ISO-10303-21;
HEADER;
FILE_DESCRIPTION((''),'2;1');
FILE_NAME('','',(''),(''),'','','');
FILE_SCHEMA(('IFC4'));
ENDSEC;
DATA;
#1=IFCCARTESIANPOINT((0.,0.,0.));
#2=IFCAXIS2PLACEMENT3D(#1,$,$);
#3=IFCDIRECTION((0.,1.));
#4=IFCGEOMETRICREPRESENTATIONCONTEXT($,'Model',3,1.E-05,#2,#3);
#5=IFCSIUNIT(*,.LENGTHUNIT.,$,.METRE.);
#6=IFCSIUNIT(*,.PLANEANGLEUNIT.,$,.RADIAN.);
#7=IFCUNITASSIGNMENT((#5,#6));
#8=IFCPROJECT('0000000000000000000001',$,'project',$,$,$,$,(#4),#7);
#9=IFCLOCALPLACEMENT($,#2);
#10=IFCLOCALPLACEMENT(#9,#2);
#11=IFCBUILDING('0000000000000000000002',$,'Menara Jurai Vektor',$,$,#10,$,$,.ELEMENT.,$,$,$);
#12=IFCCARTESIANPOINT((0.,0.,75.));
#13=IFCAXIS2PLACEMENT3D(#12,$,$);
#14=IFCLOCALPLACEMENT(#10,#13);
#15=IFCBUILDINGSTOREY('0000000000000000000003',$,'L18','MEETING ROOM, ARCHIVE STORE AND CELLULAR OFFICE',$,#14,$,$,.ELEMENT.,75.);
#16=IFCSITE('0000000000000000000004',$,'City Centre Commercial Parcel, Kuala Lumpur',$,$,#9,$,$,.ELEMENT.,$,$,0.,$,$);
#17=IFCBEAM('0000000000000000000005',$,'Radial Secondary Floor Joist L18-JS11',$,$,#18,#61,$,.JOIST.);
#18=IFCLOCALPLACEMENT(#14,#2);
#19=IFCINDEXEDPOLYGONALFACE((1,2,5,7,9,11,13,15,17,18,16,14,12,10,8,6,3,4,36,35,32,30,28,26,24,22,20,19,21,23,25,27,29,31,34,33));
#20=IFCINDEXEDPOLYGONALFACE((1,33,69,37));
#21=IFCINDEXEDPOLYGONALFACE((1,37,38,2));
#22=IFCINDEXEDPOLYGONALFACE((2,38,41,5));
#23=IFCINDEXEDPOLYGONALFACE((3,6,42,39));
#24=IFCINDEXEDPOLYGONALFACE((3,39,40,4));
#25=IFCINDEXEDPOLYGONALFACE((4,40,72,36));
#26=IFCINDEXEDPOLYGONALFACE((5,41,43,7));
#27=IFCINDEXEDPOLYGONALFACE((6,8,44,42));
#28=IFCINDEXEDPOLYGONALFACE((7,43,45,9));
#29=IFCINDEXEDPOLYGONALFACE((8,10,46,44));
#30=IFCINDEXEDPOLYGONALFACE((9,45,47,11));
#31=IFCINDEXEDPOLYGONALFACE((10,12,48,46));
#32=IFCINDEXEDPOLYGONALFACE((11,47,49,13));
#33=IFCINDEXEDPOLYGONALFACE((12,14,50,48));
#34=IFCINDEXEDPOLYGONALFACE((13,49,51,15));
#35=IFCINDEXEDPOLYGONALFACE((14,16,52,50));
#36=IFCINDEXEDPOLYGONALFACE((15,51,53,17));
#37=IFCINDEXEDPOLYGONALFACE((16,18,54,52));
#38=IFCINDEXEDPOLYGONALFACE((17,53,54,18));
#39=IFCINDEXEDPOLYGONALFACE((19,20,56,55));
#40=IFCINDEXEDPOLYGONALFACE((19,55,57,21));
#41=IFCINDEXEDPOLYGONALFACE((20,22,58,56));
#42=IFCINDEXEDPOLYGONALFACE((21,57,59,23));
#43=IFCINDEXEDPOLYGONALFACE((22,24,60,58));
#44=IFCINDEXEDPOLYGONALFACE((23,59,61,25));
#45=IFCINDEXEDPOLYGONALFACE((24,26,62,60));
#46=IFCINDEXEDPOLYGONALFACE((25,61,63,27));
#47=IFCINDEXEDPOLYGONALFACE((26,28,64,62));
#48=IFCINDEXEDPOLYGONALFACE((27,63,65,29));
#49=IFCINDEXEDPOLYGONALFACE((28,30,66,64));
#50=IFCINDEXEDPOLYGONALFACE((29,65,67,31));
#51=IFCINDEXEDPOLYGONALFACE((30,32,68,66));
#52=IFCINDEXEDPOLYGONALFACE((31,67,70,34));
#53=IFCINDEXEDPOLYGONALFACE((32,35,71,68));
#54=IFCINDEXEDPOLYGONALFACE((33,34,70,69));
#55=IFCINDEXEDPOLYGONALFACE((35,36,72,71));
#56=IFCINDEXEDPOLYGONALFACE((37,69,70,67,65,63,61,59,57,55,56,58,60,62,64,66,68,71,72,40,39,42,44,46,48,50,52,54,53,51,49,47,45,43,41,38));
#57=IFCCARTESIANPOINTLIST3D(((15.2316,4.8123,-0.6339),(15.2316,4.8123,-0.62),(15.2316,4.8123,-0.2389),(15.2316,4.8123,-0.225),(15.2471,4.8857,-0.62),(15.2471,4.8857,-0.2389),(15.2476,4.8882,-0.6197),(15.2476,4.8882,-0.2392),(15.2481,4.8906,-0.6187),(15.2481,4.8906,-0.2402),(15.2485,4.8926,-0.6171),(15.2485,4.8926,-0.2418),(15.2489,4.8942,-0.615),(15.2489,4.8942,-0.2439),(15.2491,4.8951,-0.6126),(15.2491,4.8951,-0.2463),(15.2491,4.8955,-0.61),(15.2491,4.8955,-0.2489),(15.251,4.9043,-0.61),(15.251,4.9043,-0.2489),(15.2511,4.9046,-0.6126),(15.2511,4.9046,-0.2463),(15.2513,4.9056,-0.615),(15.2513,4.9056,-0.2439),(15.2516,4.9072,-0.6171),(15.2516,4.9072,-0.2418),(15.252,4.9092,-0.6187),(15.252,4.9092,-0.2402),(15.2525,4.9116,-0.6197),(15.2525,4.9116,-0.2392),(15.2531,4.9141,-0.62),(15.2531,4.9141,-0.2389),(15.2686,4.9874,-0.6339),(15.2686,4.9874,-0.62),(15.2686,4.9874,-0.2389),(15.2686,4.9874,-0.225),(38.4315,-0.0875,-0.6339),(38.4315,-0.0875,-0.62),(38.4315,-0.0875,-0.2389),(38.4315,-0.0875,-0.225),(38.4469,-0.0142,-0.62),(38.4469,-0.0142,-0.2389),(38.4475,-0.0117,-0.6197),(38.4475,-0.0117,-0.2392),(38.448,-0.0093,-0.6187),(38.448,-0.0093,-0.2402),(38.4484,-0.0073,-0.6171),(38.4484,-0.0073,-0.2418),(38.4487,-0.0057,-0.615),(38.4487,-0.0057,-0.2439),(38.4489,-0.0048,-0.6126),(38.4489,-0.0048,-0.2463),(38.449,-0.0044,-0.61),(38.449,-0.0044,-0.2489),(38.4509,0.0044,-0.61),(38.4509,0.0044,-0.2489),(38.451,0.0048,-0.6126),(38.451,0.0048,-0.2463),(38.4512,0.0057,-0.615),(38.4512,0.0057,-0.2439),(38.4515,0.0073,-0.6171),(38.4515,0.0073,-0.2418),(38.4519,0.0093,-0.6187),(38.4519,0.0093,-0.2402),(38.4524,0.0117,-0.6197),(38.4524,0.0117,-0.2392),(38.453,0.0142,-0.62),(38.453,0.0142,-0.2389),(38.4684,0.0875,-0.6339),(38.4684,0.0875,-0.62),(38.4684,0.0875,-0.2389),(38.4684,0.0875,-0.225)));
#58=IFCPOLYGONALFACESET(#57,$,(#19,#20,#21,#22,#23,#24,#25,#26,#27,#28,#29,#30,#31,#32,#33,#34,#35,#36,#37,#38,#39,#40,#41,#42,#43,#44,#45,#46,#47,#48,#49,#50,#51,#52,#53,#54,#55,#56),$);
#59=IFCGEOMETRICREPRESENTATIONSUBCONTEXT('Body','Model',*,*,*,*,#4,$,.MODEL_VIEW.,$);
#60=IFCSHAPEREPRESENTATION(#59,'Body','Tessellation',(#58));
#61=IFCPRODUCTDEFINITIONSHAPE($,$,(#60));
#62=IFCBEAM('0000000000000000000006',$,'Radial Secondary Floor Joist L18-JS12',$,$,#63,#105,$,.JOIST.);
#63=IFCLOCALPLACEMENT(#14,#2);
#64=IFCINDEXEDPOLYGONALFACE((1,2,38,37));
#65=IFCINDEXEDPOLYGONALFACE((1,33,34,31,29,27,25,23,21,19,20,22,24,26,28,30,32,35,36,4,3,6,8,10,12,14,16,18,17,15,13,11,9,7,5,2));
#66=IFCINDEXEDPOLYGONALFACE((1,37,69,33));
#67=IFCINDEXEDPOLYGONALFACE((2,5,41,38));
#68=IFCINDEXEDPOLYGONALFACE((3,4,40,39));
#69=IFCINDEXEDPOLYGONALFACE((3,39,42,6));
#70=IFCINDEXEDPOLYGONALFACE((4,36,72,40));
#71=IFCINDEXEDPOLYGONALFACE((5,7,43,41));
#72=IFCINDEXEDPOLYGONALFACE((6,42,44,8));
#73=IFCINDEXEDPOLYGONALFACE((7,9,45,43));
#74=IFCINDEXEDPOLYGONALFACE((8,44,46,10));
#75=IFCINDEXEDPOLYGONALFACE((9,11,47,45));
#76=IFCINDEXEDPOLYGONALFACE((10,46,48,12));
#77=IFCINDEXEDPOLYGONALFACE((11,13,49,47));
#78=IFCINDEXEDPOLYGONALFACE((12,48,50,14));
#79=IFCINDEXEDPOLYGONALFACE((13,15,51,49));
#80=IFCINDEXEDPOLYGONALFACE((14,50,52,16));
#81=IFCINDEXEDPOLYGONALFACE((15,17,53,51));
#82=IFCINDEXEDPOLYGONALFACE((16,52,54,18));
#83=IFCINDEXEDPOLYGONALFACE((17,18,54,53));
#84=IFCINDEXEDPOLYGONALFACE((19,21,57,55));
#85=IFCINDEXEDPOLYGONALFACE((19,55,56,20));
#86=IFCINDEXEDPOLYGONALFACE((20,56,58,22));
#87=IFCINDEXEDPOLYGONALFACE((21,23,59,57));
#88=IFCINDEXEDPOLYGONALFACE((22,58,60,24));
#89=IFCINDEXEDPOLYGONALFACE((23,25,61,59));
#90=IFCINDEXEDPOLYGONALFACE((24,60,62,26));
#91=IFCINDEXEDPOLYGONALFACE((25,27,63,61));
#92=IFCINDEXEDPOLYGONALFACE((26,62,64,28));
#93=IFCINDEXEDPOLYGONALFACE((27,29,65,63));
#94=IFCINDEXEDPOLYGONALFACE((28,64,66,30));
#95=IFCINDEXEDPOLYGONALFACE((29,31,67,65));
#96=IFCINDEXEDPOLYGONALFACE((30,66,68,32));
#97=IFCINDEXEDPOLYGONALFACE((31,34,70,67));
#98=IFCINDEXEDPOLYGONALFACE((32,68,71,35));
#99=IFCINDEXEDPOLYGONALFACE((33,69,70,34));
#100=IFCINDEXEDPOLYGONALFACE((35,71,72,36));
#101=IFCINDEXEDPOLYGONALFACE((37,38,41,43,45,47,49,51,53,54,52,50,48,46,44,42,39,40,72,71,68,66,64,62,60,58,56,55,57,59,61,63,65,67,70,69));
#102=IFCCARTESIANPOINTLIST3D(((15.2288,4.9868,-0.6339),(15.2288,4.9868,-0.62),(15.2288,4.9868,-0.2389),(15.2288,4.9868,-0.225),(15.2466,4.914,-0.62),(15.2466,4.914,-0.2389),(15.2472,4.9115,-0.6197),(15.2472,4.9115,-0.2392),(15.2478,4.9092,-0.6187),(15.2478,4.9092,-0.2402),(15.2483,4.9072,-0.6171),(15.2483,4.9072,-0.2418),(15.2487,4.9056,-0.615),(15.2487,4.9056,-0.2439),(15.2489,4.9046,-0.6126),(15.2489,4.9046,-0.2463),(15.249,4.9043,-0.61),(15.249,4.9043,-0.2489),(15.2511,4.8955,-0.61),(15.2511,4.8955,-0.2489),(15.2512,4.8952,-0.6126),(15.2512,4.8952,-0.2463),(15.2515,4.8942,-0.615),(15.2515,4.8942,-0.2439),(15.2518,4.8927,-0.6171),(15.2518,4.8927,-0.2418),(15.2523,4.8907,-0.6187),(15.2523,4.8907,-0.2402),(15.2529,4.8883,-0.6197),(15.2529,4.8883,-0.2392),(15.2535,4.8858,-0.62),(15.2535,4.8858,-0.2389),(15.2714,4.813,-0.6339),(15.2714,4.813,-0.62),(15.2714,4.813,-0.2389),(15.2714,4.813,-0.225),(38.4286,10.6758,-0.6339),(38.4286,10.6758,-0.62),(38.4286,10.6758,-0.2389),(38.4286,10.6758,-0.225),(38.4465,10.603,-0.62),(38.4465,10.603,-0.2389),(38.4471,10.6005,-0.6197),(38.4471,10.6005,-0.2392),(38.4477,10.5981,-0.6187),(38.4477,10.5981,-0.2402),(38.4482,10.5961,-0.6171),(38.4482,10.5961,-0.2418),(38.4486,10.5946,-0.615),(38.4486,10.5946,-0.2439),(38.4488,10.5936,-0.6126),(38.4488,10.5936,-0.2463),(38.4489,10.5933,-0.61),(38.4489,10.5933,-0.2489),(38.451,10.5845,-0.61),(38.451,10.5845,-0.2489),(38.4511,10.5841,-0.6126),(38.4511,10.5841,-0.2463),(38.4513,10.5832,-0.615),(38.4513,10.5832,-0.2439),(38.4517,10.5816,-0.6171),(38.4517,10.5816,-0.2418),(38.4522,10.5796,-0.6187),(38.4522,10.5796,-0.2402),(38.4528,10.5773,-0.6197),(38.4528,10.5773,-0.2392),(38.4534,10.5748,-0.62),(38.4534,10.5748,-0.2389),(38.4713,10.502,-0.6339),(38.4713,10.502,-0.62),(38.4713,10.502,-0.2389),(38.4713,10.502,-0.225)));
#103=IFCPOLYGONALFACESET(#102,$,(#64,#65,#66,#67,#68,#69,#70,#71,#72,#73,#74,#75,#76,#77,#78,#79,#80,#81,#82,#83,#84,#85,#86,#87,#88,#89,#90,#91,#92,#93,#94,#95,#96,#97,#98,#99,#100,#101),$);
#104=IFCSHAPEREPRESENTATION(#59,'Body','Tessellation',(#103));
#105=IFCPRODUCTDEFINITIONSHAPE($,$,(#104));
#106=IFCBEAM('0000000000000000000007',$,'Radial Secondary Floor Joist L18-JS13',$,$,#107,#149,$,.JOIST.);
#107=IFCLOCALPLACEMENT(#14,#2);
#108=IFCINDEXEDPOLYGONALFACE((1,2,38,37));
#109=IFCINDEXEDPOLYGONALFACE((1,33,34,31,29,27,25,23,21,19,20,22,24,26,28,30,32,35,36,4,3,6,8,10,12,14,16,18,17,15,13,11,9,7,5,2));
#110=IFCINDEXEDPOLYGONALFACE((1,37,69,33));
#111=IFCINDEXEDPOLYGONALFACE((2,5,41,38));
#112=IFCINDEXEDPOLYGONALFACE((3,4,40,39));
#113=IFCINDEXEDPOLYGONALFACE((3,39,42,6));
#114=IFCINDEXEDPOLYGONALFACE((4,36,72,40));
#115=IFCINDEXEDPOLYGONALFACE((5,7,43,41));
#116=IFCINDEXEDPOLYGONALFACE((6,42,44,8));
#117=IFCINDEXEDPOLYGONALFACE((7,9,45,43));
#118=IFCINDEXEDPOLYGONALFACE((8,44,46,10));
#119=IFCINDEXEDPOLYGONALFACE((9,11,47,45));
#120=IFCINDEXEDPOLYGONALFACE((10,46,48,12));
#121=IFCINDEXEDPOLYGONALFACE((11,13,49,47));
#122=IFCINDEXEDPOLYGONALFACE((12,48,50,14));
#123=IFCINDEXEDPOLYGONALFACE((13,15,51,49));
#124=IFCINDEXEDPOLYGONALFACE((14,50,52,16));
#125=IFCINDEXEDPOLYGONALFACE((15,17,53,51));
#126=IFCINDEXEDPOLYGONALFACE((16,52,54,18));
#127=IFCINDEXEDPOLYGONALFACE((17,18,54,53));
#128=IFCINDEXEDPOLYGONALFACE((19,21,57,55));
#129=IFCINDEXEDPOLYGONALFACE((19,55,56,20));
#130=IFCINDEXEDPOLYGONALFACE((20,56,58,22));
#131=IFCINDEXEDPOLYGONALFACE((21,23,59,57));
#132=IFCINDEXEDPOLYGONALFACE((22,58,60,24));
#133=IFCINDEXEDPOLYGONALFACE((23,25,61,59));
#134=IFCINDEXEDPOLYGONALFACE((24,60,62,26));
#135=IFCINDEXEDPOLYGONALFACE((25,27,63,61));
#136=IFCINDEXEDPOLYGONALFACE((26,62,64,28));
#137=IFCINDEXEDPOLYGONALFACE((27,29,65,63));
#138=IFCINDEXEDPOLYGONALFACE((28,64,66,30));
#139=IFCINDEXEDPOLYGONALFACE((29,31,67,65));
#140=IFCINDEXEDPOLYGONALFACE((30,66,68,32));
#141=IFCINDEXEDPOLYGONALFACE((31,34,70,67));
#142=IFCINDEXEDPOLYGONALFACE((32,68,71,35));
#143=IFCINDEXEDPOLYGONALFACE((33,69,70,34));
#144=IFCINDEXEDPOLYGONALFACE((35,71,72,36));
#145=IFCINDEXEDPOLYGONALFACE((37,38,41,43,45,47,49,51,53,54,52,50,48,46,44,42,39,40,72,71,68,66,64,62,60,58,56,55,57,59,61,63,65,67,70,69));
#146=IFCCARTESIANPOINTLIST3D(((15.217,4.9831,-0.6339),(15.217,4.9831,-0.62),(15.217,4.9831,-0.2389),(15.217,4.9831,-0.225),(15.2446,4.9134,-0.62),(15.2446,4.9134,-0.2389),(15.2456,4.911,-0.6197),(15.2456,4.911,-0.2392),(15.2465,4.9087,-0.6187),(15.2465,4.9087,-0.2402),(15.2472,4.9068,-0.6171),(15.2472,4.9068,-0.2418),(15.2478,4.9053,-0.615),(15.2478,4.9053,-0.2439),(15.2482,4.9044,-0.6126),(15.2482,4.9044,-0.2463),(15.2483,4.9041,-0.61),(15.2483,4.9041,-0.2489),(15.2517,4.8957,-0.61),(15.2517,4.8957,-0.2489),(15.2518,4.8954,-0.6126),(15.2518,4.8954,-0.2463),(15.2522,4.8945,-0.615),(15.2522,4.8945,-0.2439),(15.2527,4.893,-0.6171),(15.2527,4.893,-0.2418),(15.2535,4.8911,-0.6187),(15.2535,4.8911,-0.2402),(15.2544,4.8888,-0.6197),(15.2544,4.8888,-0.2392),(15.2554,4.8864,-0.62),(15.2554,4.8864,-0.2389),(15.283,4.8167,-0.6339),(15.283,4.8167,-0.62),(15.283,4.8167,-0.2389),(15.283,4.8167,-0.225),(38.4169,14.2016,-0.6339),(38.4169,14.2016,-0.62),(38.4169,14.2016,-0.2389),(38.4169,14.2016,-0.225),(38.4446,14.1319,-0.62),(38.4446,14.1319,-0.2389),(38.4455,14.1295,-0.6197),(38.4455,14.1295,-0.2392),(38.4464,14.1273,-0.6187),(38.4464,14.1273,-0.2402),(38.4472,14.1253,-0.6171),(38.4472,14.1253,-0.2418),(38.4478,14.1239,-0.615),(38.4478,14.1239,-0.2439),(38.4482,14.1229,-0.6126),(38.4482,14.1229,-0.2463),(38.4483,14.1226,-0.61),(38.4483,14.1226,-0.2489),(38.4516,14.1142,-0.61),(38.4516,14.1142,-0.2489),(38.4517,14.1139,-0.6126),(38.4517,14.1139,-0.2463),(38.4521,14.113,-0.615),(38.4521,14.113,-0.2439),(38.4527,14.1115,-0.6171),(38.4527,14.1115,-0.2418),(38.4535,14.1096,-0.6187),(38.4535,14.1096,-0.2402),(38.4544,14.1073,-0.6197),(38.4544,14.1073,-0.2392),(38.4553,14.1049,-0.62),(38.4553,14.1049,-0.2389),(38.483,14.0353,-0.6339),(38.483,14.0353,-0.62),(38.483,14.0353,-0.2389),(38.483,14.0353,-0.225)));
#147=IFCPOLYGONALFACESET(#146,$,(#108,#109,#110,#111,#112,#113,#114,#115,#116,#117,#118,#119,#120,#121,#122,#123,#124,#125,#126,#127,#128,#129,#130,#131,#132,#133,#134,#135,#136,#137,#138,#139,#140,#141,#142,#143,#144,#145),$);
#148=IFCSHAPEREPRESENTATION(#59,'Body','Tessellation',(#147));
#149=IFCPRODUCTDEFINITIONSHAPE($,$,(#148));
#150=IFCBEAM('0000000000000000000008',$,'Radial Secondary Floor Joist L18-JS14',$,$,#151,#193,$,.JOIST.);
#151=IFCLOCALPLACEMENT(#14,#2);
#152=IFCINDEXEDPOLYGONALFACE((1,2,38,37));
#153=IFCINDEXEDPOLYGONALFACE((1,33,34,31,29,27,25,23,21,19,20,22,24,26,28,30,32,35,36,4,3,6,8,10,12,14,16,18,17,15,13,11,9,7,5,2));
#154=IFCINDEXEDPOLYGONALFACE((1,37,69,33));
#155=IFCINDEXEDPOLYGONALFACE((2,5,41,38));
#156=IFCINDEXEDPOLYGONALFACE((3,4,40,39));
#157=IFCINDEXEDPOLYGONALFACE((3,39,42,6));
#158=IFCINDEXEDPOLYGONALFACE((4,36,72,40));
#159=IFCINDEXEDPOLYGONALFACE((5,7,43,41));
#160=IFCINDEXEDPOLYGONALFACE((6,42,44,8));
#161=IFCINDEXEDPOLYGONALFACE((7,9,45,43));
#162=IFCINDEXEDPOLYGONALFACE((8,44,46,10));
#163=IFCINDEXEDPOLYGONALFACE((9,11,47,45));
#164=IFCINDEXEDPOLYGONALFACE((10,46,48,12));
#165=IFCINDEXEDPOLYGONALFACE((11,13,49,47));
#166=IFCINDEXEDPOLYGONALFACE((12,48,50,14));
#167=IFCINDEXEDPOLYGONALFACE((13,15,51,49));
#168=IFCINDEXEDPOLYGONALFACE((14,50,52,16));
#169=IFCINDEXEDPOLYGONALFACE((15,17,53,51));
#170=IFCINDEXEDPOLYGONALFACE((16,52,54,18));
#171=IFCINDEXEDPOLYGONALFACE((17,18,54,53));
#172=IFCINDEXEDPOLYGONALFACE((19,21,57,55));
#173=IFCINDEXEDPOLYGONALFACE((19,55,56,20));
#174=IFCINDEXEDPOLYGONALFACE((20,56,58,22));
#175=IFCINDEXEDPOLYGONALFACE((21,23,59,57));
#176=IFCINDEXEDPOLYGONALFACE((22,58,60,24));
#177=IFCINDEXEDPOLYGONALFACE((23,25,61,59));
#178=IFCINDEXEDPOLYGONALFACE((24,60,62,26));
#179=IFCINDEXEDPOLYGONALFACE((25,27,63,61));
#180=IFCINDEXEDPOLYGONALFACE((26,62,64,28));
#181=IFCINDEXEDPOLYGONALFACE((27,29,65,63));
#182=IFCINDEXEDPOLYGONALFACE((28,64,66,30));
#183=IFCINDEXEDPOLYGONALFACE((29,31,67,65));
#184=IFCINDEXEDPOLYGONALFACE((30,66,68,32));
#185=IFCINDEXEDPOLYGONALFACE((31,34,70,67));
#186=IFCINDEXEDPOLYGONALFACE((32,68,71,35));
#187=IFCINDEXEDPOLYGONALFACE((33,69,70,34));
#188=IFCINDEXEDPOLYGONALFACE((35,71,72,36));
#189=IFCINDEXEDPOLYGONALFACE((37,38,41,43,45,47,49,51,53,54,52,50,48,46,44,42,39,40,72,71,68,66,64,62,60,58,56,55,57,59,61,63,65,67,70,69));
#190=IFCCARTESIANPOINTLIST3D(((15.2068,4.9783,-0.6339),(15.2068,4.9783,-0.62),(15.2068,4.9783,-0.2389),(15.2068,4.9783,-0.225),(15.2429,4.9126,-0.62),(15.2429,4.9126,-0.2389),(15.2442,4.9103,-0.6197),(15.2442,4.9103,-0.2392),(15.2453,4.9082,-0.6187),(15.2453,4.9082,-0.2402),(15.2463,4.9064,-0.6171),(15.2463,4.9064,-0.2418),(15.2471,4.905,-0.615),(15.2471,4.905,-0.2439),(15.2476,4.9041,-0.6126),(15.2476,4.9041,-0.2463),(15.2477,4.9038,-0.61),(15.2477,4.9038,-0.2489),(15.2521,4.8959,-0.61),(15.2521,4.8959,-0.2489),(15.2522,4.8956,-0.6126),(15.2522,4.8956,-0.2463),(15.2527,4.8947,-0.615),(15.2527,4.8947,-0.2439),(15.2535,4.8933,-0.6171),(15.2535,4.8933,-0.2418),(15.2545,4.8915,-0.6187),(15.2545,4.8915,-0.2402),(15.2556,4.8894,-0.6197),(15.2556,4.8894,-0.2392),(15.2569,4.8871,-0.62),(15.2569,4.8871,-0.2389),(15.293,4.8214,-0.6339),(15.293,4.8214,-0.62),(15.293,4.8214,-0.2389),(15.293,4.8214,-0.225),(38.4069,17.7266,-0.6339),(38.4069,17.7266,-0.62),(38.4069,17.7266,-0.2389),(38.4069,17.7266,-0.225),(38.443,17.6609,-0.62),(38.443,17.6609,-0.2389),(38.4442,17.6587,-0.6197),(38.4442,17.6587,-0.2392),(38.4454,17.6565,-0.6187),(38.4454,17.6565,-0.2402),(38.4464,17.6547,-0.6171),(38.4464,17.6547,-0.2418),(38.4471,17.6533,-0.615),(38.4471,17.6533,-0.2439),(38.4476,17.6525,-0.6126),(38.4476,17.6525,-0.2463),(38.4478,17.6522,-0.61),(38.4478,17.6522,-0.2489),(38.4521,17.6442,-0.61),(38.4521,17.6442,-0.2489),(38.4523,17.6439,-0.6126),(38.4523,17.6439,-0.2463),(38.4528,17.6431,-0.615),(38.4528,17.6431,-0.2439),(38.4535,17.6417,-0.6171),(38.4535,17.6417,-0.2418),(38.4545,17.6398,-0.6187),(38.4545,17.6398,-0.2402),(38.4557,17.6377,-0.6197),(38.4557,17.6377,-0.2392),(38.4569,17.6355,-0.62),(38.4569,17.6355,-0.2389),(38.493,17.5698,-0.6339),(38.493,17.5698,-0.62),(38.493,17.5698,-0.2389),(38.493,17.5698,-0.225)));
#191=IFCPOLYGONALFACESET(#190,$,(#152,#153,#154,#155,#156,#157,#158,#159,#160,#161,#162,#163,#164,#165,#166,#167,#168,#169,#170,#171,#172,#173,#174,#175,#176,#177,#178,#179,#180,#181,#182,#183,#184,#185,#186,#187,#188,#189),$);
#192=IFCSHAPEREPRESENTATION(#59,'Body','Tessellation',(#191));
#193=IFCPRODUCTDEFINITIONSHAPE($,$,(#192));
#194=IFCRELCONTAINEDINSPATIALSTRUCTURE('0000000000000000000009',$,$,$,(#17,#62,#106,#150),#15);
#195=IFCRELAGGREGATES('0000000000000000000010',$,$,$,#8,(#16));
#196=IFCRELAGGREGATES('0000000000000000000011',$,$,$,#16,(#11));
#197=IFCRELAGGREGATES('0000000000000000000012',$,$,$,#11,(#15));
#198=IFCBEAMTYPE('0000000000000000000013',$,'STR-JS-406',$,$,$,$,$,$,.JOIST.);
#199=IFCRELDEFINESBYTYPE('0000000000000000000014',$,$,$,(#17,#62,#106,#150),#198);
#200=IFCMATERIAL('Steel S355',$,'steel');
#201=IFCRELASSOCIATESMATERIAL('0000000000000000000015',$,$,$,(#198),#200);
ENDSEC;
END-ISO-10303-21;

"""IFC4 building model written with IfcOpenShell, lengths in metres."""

from ifc_helpers import new_model, si_unit, direction, frame, origin, origin_2d, place, context, subcontext, project, spatial, i_section, extrude, material, material_profile, profile_set, type_object, element, save


model = new_model("IFC4")

# Units and contexts
model_context = context("Model", 3, precision=1e-05, world=origin(), true_north=direction((0.0, 1.0)))
body_context = subcontext(model_context, "Body", "Model", "MODEL_VIEW")
ifc_project = project(units=[si_unit("LENGTHUNIT", "METRE"), si_unit("PLANEANGLEUNIT", "RADIAN")], contexts=[model_context])

# Site, building, storey
site_placement = place(None, origin())
site = spatial("IfcSite", under=ifc_project, at=site_placement, Name="City Centre Commercial Parcel, Kuala Lumpur", CompositionType="ELEMENT", RefElevation=0.0)
building_placement = place(site_placement, origin())
building = spatial("IfcBuilding", under=site, at=building_placement, Name="Menara Jurai Vektor", CompositionType="ELEMENT")
storey_placement = place(building_placement, frame((0.0, 0.0, 75.0)))
storey = spatial("IfcBuildingStorey", under=building, at=storey_placement, Name="L18", Description="MEETING ROOM, ARCHIVE STORE AND CELLULAR OFFICE", CompositionType="ELEMENT", Elevation=75.0)

# Shared definitions
ifc_material_1 = material(Name="Steel S355", Category="steel")

# Beams
ifc_material_profile_1 = material_profile(ifc_material_1, i_section(OverallWidth=0.179, OverallDepth=0.4089, WebThickness=0.009, FlangeThickness=0.0139, FilletRadius=0.01, at=origin_2d()), Name="UKB 406x178x67")
ifc_profile_set_1 = profile_set([ifc_material_profile_1], Name="Steel S355")
beam_type_1 = type_object("IfcBeamType", Name="STR-JS-406", PredefinedType="JOIST", material=ifc_profile_set_1)
beam_1_placement = place(storey_placement, frame((38.45, 0.0, -0.4294), z_axis=(-0.978416, 0.206645, 0.0), x_axis=(-0.206645, -0.978416, 0.0)))
element("IfcBeam", 1, at=beam_1_placement, inside=storey, type_object=beam_type_1, Name="Radial Secondary Floor Joist L18-JS11", PredefinedType="JOIST", context=body_context, shape_type="SweptSolid", body=[
    extrude(i_section(OverallWidth=0.179, OverallDepth=0.4089, WebThickness=0.009, FlangeThickness=0.0139, FilletRadius=0.01, at=origin_2d()), origin(), (0.0, 0.0, 1.0), 23.7117),
])
beam_2_placement = place(storey_placement, frame((38.45, 10.5889, -0.4294), z_axis=(-0.971226, -0.238159, 0.0), x_axis=(0.238159, -0.971226, 0.0)))
element("IfcBeam", 2, at=beam_2_placement, inside=storey, type_object=beam_type_1, Name="Radial Secondary Floor Joist L18-JS12", PredefinedType="JOIST", context=body_context, shape_type="SweptSolid", body=[
    extrude(i_section(OverallWidth=0.179, OverallDepth=0.4089, WebThickness=0.009, FlangeThickness=0.0139, FilletRadius=0.01, at=origin_2d()), origin(), (0.0, 0.0, 1.0), 23.8872),
])
beam_3_placement = place(storey_placement, frame((38.45, 14.1184, -0.4294), z_axis=(-0.929323, -0.369267, 0.0), x_axis=(0.369267, -0.929323, 0.0)))
element("IfcBeam", 3, at=beam_3_placement, inside=storey, type_object=beam_type_1, Name="Radial Secondary Floor Joist L18-JS13", PredefinedType="JOIST", context=body_context, shape_type="SweptSolid", body=[
    extrude(i_section(OverallWidth=0.179, OverallDepth=0.4089, WebThickness=0.009, FlangeThickness=0.0139, FilletRadius=0.01, at=origin_2d()), origin(), (0.0, 0.0, 1.0), 24.9644),
])
beam_4_placement = place(storey_placement, frame((38.45, 17.6482, -0.4294), z_axis=(-0.876402, -0.48158, 0.0), x_axis=(0.48158, -0.876402, 0.0)))
element("IfcBeam", 4, at=beam_4_placement, inside=storey, type_object=beam_type_1, Name="Radial Secondary Floor Joist L18-JS14", PredefinedType="JOIST", context=body_context, shape_type="SweptSolid", body=[
    extrude(i_section(OverallWidth=0.179, OverallDepth=0.4089, WebThickness=0.009, FlangeThickness=0.0139, FilletRadius=0.01, at=origin_2d()), origin(), (0.0, 0.0, 1.0), 26.4719),
])

save(model, "model.ifc")
